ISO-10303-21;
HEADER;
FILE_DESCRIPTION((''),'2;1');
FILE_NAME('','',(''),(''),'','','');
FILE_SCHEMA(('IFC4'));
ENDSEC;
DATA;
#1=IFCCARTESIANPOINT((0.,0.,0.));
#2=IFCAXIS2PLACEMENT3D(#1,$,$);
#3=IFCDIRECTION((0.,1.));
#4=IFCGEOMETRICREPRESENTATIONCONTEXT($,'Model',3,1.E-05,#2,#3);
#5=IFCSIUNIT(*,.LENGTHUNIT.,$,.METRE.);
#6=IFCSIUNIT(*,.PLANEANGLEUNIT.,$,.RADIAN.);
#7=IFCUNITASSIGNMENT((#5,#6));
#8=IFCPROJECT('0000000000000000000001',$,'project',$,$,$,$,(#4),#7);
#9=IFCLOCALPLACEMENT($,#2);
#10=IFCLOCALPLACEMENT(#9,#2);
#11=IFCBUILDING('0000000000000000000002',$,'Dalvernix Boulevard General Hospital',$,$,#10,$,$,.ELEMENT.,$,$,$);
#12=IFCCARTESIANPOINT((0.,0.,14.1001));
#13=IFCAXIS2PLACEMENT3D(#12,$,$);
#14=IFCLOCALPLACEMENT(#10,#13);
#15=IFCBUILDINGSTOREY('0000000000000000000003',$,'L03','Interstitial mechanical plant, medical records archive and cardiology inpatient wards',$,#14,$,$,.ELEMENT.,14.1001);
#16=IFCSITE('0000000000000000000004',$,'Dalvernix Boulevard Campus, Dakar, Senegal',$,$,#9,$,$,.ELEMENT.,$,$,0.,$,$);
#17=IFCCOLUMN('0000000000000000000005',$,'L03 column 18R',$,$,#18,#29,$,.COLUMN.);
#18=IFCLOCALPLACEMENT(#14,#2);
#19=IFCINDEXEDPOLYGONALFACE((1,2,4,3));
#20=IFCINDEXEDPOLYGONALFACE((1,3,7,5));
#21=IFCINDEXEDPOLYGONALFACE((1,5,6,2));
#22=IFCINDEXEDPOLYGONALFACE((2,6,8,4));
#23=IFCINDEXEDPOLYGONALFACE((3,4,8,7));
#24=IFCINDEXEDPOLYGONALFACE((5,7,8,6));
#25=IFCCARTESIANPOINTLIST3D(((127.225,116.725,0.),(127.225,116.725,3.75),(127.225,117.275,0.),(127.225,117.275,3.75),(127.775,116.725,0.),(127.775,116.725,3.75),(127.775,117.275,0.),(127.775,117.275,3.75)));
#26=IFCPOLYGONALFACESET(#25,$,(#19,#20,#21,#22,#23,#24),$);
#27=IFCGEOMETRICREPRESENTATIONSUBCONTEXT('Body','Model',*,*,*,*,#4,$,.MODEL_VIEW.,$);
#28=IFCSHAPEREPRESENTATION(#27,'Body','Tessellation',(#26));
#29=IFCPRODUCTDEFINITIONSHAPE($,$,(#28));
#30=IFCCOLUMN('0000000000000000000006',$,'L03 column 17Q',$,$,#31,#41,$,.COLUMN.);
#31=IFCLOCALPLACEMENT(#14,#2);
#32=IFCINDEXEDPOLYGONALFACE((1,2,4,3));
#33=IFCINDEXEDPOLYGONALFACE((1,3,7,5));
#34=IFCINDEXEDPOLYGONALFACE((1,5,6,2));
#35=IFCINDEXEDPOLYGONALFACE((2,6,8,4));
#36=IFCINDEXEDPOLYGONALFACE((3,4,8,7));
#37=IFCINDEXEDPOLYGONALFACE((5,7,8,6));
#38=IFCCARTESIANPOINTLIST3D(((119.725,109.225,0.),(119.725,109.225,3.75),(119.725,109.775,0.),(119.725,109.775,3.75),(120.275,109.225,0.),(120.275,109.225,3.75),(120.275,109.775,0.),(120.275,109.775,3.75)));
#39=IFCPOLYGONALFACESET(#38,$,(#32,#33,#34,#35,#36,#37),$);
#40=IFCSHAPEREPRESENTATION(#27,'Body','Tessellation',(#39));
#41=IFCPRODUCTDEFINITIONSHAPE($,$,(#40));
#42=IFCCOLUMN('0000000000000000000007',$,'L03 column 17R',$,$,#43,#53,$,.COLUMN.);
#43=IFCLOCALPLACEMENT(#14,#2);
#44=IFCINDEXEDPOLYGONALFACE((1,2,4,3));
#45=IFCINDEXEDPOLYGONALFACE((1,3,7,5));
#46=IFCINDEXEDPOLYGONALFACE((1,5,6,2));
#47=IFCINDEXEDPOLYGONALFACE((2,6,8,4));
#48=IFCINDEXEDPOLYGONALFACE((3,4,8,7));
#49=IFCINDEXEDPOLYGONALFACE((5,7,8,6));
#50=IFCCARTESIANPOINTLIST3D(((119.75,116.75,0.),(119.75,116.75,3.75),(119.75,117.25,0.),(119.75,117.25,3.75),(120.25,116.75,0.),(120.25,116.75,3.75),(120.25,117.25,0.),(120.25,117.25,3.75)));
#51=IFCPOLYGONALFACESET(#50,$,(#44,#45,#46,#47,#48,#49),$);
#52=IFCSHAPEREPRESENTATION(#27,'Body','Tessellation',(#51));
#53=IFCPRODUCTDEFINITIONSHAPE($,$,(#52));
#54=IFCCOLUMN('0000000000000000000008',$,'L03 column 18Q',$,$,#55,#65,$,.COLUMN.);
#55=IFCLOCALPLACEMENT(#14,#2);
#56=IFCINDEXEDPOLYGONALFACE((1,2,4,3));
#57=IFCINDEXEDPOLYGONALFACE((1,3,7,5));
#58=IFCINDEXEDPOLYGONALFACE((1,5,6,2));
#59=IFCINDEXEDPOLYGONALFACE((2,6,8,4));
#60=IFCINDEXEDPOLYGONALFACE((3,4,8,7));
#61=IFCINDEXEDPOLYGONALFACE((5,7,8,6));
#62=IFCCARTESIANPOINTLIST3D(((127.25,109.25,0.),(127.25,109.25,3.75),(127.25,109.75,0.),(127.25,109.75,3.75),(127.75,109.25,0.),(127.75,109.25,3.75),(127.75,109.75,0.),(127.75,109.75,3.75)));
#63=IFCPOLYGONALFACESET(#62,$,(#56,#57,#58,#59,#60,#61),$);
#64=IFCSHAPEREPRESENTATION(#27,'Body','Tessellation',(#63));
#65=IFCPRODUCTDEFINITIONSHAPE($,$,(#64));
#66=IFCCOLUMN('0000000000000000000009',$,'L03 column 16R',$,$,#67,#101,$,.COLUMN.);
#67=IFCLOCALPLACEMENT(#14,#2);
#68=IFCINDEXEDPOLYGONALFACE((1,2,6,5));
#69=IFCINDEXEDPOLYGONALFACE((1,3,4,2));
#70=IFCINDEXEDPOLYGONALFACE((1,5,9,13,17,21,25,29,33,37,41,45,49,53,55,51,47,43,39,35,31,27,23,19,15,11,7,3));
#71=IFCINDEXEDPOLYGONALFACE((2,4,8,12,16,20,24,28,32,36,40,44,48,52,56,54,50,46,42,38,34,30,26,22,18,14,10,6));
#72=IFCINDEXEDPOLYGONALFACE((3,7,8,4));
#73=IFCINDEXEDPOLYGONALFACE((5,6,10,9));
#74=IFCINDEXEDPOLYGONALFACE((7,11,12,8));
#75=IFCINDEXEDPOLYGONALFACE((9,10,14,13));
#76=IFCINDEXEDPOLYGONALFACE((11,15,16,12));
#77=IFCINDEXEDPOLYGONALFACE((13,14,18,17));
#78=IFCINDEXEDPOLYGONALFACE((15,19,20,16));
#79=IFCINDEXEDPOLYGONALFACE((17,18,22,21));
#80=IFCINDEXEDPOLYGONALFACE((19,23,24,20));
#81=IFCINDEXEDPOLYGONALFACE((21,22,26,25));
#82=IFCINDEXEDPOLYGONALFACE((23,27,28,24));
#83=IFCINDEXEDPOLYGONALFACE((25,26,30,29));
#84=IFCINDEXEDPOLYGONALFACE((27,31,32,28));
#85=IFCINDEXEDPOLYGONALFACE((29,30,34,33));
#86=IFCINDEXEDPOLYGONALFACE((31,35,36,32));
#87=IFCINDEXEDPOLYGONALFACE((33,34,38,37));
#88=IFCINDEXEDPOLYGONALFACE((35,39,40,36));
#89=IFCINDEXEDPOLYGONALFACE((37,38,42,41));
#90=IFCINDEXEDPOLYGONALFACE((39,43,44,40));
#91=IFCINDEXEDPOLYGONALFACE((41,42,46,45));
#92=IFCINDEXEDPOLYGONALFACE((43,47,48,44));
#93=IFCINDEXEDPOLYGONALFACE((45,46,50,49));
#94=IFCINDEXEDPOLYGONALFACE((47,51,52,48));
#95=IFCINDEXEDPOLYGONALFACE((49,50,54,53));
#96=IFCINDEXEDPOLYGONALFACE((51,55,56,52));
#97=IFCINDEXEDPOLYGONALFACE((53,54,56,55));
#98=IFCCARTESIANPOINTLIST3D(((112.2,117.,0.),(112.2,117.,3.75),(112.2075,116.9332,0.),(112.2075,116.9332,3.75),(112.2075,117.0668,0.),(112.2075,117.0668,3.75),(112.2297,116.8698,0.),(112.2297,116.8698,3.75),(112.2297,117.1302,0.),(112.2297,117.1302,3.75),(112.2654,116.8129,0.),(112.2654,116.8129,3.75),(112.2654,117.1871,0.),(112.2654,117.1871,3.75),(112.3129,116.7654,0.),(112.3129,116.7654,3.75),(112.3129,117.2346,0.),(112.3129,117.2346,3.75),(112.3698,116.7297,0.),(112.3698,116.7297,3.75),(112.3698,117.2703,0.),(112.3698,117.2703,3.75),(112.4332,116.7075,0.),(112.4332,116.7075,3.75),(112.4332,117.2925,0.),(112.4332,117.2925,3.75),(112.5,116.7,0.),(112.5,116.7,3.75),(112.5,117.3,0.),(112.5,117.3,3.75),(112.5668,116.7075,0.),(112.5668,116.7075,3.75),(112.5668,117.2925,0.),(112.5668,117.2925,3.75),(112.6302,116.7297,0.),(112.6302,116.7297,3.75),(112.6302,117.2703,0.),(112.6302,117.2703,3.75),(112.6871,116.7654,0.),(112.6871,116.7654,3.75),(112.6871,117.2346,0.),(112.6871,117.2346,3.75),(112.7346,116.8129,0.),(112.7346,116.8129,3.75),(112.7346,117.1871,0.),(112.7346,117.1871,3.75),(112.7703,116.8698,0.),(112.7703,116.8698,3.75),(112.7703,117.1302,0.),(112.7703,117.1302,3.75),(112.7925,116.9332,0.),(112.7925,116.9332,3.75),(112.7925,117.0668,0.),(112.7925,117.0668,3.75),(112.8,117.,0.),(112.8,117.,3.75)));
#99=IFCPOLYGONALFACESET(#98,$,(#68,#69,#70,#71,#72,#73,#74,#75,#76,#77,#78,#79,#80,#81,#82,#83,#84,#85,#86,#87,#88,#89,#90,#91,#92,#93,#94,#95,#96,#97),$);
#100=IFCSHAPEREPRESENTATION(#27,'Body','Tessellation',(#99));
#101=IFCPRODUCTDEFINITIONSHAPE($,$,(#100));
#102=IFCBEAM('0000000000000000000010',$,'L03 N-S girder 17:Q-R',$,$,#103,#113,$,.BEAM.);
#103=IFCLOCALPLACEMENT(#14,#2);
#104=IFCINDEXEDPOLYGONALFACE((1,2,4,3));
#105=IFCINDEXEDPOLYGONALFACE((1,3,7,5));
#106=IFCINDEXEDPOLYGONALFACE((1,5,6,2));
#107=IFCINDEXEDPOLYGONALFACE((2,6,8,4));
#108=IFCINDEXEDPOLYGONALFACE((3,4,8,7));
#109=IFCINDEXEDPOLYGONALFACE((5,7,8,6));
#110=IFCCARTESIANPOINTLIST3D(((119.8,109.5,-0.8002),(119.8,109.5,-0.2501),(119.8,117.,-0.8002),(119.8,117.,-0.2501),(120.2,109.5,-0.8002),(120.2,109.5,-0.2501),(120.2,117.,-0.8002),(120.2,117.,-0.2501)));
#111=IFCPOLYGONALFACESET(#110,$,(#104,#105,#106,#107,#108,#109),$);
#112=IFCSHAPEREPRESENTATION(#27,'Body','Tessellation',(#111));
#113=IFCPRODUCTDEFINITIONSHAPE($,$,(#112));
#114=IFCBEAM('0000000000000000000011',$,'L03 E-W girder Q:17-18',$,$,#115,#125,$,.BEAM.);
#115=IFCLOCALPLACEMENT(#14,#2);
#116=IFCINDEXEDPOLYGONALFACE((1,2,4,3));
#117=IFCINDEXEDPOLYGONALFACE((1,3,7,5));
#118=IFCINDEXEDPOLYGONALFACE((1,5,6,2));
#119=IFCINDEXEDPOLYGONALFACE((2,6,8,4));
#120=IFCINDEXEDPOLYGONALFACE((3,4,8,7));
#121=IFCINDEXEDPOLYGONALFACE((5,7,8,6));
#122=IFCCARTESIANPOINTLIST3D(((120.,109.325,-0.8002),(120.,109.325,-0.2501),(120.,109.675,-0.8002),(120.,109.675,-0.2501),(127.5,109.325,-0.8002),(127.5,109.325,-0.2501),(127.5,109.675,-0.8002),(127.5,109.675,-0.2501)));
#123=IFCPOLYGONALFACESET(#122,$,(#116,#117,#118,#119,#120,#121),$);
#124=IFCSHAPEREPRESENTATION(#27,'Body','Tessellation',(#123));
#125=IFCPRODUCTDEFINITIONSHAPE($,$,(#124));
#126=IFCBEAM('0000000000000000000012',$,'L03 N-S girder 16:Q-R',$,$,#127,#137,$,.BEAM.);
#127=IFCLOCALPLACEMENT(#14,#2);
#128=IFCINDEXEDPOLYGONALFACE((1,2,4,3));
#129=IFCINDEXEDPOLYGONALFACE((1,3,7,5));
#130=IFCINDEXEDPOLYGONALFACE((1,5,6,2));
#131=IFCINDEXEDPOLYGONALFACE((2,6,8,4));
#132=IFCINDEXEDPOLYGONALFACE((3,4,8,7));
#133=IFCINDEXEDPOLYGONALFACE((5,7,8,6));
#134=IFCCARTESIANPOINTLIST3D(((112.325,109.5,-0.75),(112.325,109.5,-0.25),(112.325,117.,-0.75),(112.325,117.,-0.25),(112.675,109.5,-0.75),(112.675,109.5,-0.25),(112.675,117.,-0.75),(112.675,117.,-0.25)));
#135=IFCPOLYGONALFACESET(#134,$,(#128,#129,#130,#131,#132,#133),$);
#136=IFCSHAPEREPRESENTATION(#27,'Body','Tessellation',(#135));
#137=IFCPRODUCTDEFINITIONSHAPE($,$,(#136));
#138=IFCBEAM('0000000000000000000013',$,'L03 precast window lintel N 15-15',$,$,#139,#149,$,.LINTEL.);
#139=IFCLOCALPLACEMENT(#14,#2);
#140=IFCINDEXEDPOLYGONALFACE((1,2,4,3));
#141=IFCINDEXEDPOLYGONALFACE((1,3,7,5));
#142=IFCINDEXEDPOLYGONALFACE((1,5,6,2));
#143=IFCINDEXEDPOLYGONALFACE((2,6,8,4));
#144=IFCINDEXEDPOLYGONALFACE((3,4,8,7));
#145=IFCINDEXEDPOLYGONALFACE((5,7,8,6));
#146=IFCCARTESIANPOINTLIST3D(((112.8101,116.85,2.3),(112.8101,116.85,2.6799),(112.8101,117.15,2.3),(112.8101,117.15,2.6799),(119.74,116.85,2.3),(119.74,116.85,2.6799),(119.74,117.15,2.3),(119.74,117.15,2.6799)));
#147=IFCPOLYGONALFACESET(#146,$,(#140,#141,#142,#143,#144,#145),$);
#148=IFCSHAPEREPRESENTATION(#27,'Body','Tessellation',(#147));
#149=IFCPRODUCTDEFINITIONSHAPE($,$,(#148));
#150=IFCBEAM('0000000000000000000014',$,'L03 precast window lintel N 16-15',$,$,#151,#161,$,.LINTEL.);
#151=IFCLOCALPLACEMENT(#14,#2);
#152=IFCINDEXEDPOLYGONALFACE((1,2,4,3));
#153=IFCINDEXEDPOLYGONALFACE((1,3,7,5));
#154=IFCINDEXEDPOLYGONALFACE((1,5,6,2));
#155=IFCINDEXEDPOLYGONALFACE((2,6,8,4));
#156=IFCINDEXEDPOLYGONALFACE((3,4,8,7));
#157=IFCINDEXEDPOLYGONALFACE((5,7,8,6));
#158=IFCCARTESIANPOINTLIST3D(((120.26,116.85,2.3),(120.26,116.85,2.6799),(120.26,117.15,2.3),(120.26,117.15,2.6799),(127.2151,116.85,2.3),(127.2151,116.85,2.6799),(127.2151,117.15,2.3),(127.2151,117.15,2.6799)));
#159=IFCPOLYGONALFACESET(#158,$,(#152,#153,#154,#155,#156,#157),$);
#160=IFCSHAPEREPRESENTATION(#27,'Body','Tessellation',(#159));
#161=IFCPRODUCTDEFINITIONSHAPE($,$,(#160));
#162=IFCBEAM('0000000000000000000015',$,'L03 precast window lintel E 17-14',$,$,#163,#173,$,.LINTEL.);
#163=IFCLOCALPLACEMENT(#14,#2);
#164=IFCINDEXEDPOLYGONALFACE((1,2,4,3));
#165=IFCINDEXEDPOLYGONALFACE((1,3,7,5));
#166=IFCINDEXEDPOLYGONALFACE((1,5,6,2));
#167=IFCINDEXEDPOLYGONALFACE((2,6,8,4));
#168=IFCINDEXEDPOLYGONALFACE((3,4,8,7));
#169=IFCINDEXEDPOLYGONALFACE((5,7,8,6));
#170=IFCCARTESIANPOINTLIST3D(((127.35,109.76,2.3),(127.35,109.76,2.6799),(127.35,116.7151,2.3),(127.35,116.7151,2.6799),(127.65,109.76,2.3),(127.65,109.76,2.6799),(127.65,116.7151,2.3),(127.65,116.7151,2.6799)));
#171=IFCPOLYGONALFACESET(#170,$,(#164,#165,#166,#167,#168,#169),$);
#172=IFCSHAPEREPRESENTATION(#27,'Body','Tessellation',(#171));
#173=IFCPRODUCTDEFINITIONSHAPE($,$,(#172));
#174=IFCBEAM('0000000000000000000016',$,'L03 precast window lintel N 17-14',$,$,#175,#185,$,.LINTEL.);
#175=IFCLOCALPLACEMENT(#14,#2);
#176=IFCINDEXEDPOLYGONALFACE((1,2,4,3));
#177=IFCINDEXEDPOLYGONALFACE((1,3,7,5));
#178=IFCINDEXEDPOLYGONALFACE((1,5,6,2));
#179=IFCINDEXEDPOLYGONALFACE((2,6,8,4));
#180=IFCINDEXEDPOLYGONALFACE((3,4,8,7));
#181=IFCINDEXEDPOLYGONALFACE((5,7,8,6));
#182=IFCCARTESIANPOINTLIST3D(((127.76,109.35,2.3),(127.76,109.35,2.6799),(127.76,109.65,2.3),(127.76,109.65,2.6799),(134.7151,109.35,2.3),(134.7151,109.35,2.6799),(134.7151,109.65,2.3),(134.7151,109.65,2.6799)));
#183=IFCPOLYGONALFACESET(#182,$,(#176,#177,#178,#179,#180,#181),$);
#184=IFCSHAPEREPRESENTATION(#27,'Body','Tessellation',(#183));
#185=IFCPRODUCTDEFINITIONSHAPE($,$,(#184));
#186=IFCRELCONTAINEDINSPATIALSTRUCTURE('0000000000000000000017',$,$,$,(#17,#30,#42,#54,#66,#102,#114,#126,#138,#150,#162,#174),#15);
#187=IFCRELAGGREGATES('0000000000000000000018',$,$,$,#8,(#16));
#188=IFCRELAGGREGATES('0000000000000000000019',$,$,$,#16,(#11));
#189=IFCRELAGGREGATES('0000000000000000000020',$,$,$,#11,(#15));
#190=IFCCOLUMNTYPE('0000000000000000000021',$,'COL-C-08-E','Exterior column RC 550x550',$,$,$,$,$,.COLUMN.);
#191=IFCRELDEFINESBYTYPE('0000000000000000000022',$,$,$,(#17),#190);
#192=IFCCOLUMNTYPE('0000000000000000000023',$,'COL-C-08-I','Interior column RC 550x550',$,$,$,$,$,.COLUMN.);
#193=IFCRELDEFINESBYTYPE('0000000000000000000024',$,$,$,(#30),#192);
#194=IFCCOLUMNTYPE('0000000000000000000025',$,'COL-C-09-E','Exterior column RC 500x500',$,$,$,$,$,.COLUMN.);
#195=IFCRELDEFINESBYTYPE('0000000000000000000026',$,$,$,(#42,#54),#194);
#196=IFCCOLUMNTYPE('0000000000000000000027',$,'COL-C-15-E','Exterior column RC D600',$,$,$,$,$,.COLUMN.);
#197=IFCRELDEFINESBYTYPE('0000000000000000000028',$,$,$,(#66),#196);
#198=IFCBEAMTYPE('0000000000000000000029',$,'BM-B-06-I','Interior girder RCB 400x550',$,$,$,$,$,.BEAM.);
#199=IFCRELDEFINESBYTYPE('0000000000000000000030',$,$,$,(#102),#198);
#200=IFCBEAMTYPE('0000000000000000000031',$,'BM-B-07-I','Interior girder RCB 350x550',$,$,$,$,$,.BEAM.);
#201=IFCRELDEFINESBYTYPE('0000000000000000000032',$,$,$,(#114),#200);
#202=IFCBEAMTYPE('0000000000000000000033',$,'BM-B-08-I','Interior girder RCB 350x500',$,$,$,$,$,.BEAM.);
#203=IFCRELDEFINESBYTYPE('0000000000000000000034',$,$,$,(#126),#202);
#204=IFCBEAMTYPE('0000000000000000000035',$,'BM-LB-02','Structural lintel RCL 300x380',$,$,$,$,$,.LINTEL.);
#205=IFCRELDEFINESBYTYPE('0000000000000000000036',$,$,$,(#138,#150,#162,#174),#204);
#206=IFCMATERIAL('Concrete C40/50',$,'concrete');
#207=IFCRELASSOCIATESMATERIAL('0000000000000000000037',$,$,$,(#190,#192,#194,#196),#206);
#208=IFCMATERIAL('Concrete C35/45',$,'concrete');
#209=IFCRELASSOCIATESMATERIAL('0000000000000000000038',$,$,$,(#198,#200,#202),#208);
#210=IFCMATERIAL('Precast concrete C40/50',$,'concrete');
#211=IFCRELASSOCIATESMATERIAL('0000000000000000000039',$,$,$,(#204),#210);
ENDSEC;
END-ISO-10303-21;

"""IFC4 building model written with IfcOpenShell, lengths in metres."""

from ifc_helpers import new_model, si_unit, direction, frame, origin, origin_2d, place, context, subcontext, project, spatial, rectangle, circle, extrude, material, material_profile, profile_set, type_object, element, save


model = new_model("IFC4")

# Units and contexts
model_context = context("Model", 3, precision=1e-05, world=origin(), true_north=direction((0.0, 1.0)))
body_context = subcontext(model_context, "Body", "Model", "MODEL_VIEW")
ifc_project = project(units=[si_unit("LENGTHUNIT", "METRE"), si_unit("PLANEANGLEUNIT", "RADIAN")], contexts=[model_context])

# Site, building, storey
site_placement = place(None, origin())
site = spatial("IfcSite", under=ifc_project, at=site_placement, Name="Dalvernix Boulevard Campus, Dakar, Senegal", CompositionType="ELEMENT", RefElevation=0.0)
building_placement = place(site_placement, origin())
building = spatial("IfcBuilding", under=site, at=building_placement, Name="Dalvernix Boulevard General Hospital", CompositionType="ELEMENT")
storey_placement = place(building_placement, frame((0.0, 0.0, 14.1001)))
storey = spatial("IfcBuildingStorey", under=building, at=storey_placement, Name="L03", Description="Interstitial mechanical plant, medical records archive and cardiology inpatient wards", CompositionType="ELEMENT", Elevation=14.1001)

# Columns
ifc_material_1 = material(Name="Concrete C40/50", Category="concrete")
ifc_material_profile_1 = material_profile(ifc_material_1, rectangle(XDim=0.55, YDim=0.55, at=origin_2d()), Name="RC 550x550")
ifc_profile_set_1 = profile_set([ifc_material_profile_1], Name="Concrete C40/50")
column_type_1 = type_object("IfcColumnType", Name="COL-C-08-E", Description="Exterior column RC 550x550", PredefinedType="COLUMN", material=ifc_profile_set_1)
column_1_placement = place(storey_placement, frame((127.5, 117.0, 0.0), z_axis=(0.0, 0.0, 1.0), x_axis=(1.0, 0.0, 0.0)))
element("IfcColumn", 1, at=column_1_placement, inside=storey, type_object=column_type_1, Name="L03 column 18R", PredefinedType="COLUMN", context=body_context, shape_type="SweptSolid", body=[
    extrude(rectangle(XDim=0.55, YDim=0.55, at=origin_2d()), origin(), (0.0, 0.0, 1.0), 3.75),
])
ifc_material_profile_2 = material_profile(ifc_material_1, rectangle(XDim=0.55, YDim=0.55, at=origin_2d()), Name="RC 550x550")
ifc_profile_set_2 = profile_set([ifc_material_profile_2], Name="Concrete C40/50")
column_type_2 = type_object("IfcColumnType", Name="COL-C-08-I", Description="Interior column RC 550x550", PredefinedType="COLUMN", material=ifc_profile_set_2)
column_2_placement = place(storey_placement, frame((120.0, 109.5, 0.0), z_axis=(0.0, 0.0, 1.0), x_axis=(1.0, 0.0, 0.0)))
element("IfcColumn", 2, at=column_2_placement, inside=storey, type_object=column_type_2, Name="L03 column 17Q", PredefinedType="COLUMN", context=body_context, shape_type="SweptSolid", body=[
    extrude(rectangle(XDim=0.55, YDim=0.55, at=origin_2d()), origin(), (0.0, 0.0, 1.0), 3.75),
])
ifc_material_profile_3 = material_profile(ifc_material_1, rectangle(XDim=0.5, YDim=0.5, at=origin_2d()), Name="RC 500x500")
ifc_profile_set_3 = profile_set([ifc_material_profile_3], Name="Concrete C40/50")
column_type_3 = type_object("IfcColumnType", Name="COL-C-09-E", Description="Exterior column RC 500x500", PredefinedType="COLUMN", material=ifc_profile_set_3)
for number, where, z_axis, x_axis, name in (
    (3, (120.0, 117.0, 0.0), (0.0, 0.0, 1.0), (1.0, 0.0, 0.0), "L03 column 17R"),
    (4, (127.5, 109.5, 0.0), (0.0, 0.0, 1.0), (1.0, 0.0, 0.0), "L03 column 18Q"),
):
    element("IfcColumn", number, at=place(storey_placement, frame(where, z_axis=z_axis, x_axis=x_axis)), inside=storey, type_object=column_type_3, Name=name, PredefinedType="COLUMN", context=body_context, shape_type="SweptSolid", body=[
        extrude(rectangle(XDim=0.5, YDim=0.5, at=origin_2d()), origin(), (0.0, 0.0, 1.0), 3.75),
    ])
ifc_material_profile_4 = material_profile(ifc_material_1, circle(Radius=0.3, at=origin_2d()), Name="RC D600")
ifc_profile_set_4 = profile_set([ifc_material_profile_4], Name="Concrete C40/50")
column_type_4 = type_object("IfcColumnType", Name="COL-C-15-E", Description="Exterior column RC D600", PredefinedType="COLUMN", material=ifc_profile_set_4)
column_3_placement = place(storey_placement, frame((112.5, 117.0, 0.0), z_axis=(0.0, 0.0, 1.0), x_axis=(1.0, 0.0, 0.0)))
element("IfcColumn", 5, at=column_3_placement, inside=storey, type_object=column_type_4, Name="L03 column 16R", PredefinedType="COLUMN", context=body_context, shape_type="SweptSolid", body=[
    extrude(circle(Radius=0.3, at=origin_2d()), origin(), (0.0, 0.0, 1.0), 3.75),
])

# Beams
ifc_material_2 = material(Name="Concrete C35/45", Category="concrete")
ifc_material_profile_5 = material_profile(ifc_material_2, rectangle(XDim=0.3999, YDim=0.55, at=origin_2d()), Name="RCB 400x550")
ifc_profile_set_5 = profile_set([ifc_material_profile_5], Name="Concrete C35/45")
beam_type_1 = type_object("IfcBeamType", Name="BM-B-06-I", Description="Interior girder RCB 400x550", PredefinedType="BEAM", material=ifc_profile_set_5)
beam_1_placement = place(storey_placement, frame((120.0, 109.5, -0.5251), z_axis=(0.0, 1.0, 0.0), x_axis=(-1.0, 0.0, 0.0)))
element("IfcBeam", 6, at=beam_1_placement, inside=storey, type_object=beam_type_1, Name="L03 N-S girder 17:Q-R", PredefinedType="BEAM", context=body_context, shape_type="SweptSolid", body=[
    extrude(rectangle(XDim=0.3999, YDim=0.55, at=origin_2d()), origin(), (0.0, 0.0, 1.0), 7.5),
])
ifc_material_profile_6 = material_profile(ifc_material_2, rectangle(XDim=0.3501, YDim=0.55, at=origin_2d()), Name="RCB 350x550")
ifc_profile_set_6 = profile_set([ifc_material_profile_6], Name="Concrete C35/45")
beam_type_2 = type_object("IfcBeamType", Name="BM-B-07-I", Description="Interior girder RCB 350x550", PredefinedType="BEAM", material=ifc_profile_set_6)
beam_2_placement = place(storey_placement, frame((120.0, 109.5, -0.5251), z_axis=(1.0, 0.0, 0.0), x_axis=(0.0, 1.0, 0.0)))
element("IfcBeam", 7, at=beam_2_placement, inside=storey, type_object=beam_type_2, Name="L03 E-W girder Q:17-18", PredefinedType="BEAM", context=body_context, shape_type="SweptSolid", body=[
    extrude(rectangle(XDim=0.3501, YDim=0.55, at=origin_2d()), origin(), (0.0, 0.0, 1.0), 7.5),
])
ifc_material_profile_7 = material_profile(ifc_material_2, rectangle(XDim=0.3501, YDim=0.5, at=origin_2d()), Name="RCB 350x500")
ifc_profile_set_7 = profile_set([ifc_material_profile_7], Name="Concrete C35/45")
beam_type_3 = type_object("IfcBeamType", Name="BM-B-08-I", Description="Interior girder RCB 350x500", PredefinedType="BEAM", material=ifc_profile_set_7)
beam_3_placement = place(storey_placement, frame((112.5, 109.5, -0.5), z_axis=(0.0, 1.0, 0.0), x_axis=(-1.0, 0.0, 0.0)))
element("IfcBeam", 8, at=beam_3_placement, inside=storey, type_object=beam_type_3, Name="L03 N-S girder 16:Q-R", PredefinedType="BEAM", context=body_context, shape_type="SweptSolid", body=[
    extrude(rectangle(XDim=0.3501, YDim=0.5, at=origin_2d()), origin(), (0.0, 0.0, 1.0), 7.5),
])
ifc_material_3 = material(Name="Precast concrete C40/50", Category="concrete")
ifc_material_profile_8 = material_profile(ifc_material_3, rectangle(XDim=0.3, YDim=0.3799, at=origin_2d()), Name="RCL 300x380")
ifc_profile_set_8 = profile_set([ifc_material_profile_8], Name="Precast concrete C40/50")
beam_type_4 = type_object("IfcBeamType", Name="BM-LB-02", Description="Structural lintel RCL 300x380", PredefinedType="LINTEL", material=ifc_profile_set_8)
beam_4_placement = place(storey_placement, frame((112.8101, 117.0, 2.49), z_axis=(1.0, 0.0, 0.0), x_axis=(0.0, 1.0, 0.0)))
element("IfcBeam", 9, at=beam_4_placement, inside=storey, type_object=beam_type_4, Name="L03 precast window lintel N 15-15", PredefinedType="LINTEL", context=body_context, shape_type="SweptSolid", body=[
    extrude(rectangle(XDim=0.3, YDim=0.3799, at=origin_2d()), origin(), (0.0, 0.0, 1.0), 6.9299),
])
for number, where, z_axis, x_axis, name in (
    (10, (120.26, 117.0, 2.49), (1.0, 0.0, 0.0), (0.0, 1.0, 0.0), "L03 precast window lintel N 16-15"),
    (11, (127.5, 116.7151, 2.49), (0.0, -1.0, 0.0), (1.0, 0.0, 0.0), "L03 precast window lintel E 17-14"),
    (12, (127.76, 109.5, 2.49), (1.0, 0.0, 0.0), (0.0, 1.0, 0.0), "L03 precast window lintel N 17-14"),
):
    element("IfcBeam", number, at=place(storey_placement, frame(where, z_axis=z_axis, x_axis=x_axis)), inside=storey, type_object=beam_type_4, Name=name, PredefinedType="LINTEL", context=body_context, shape_type="SweptSolid", body=[
        extrude(rectangle(XDim=0.3, YDim=0.3799, at=origin_2d()), origin(), (0.0, 0.0, 1.0), 6.9551),
    ])

save(model, "model.ifc")
